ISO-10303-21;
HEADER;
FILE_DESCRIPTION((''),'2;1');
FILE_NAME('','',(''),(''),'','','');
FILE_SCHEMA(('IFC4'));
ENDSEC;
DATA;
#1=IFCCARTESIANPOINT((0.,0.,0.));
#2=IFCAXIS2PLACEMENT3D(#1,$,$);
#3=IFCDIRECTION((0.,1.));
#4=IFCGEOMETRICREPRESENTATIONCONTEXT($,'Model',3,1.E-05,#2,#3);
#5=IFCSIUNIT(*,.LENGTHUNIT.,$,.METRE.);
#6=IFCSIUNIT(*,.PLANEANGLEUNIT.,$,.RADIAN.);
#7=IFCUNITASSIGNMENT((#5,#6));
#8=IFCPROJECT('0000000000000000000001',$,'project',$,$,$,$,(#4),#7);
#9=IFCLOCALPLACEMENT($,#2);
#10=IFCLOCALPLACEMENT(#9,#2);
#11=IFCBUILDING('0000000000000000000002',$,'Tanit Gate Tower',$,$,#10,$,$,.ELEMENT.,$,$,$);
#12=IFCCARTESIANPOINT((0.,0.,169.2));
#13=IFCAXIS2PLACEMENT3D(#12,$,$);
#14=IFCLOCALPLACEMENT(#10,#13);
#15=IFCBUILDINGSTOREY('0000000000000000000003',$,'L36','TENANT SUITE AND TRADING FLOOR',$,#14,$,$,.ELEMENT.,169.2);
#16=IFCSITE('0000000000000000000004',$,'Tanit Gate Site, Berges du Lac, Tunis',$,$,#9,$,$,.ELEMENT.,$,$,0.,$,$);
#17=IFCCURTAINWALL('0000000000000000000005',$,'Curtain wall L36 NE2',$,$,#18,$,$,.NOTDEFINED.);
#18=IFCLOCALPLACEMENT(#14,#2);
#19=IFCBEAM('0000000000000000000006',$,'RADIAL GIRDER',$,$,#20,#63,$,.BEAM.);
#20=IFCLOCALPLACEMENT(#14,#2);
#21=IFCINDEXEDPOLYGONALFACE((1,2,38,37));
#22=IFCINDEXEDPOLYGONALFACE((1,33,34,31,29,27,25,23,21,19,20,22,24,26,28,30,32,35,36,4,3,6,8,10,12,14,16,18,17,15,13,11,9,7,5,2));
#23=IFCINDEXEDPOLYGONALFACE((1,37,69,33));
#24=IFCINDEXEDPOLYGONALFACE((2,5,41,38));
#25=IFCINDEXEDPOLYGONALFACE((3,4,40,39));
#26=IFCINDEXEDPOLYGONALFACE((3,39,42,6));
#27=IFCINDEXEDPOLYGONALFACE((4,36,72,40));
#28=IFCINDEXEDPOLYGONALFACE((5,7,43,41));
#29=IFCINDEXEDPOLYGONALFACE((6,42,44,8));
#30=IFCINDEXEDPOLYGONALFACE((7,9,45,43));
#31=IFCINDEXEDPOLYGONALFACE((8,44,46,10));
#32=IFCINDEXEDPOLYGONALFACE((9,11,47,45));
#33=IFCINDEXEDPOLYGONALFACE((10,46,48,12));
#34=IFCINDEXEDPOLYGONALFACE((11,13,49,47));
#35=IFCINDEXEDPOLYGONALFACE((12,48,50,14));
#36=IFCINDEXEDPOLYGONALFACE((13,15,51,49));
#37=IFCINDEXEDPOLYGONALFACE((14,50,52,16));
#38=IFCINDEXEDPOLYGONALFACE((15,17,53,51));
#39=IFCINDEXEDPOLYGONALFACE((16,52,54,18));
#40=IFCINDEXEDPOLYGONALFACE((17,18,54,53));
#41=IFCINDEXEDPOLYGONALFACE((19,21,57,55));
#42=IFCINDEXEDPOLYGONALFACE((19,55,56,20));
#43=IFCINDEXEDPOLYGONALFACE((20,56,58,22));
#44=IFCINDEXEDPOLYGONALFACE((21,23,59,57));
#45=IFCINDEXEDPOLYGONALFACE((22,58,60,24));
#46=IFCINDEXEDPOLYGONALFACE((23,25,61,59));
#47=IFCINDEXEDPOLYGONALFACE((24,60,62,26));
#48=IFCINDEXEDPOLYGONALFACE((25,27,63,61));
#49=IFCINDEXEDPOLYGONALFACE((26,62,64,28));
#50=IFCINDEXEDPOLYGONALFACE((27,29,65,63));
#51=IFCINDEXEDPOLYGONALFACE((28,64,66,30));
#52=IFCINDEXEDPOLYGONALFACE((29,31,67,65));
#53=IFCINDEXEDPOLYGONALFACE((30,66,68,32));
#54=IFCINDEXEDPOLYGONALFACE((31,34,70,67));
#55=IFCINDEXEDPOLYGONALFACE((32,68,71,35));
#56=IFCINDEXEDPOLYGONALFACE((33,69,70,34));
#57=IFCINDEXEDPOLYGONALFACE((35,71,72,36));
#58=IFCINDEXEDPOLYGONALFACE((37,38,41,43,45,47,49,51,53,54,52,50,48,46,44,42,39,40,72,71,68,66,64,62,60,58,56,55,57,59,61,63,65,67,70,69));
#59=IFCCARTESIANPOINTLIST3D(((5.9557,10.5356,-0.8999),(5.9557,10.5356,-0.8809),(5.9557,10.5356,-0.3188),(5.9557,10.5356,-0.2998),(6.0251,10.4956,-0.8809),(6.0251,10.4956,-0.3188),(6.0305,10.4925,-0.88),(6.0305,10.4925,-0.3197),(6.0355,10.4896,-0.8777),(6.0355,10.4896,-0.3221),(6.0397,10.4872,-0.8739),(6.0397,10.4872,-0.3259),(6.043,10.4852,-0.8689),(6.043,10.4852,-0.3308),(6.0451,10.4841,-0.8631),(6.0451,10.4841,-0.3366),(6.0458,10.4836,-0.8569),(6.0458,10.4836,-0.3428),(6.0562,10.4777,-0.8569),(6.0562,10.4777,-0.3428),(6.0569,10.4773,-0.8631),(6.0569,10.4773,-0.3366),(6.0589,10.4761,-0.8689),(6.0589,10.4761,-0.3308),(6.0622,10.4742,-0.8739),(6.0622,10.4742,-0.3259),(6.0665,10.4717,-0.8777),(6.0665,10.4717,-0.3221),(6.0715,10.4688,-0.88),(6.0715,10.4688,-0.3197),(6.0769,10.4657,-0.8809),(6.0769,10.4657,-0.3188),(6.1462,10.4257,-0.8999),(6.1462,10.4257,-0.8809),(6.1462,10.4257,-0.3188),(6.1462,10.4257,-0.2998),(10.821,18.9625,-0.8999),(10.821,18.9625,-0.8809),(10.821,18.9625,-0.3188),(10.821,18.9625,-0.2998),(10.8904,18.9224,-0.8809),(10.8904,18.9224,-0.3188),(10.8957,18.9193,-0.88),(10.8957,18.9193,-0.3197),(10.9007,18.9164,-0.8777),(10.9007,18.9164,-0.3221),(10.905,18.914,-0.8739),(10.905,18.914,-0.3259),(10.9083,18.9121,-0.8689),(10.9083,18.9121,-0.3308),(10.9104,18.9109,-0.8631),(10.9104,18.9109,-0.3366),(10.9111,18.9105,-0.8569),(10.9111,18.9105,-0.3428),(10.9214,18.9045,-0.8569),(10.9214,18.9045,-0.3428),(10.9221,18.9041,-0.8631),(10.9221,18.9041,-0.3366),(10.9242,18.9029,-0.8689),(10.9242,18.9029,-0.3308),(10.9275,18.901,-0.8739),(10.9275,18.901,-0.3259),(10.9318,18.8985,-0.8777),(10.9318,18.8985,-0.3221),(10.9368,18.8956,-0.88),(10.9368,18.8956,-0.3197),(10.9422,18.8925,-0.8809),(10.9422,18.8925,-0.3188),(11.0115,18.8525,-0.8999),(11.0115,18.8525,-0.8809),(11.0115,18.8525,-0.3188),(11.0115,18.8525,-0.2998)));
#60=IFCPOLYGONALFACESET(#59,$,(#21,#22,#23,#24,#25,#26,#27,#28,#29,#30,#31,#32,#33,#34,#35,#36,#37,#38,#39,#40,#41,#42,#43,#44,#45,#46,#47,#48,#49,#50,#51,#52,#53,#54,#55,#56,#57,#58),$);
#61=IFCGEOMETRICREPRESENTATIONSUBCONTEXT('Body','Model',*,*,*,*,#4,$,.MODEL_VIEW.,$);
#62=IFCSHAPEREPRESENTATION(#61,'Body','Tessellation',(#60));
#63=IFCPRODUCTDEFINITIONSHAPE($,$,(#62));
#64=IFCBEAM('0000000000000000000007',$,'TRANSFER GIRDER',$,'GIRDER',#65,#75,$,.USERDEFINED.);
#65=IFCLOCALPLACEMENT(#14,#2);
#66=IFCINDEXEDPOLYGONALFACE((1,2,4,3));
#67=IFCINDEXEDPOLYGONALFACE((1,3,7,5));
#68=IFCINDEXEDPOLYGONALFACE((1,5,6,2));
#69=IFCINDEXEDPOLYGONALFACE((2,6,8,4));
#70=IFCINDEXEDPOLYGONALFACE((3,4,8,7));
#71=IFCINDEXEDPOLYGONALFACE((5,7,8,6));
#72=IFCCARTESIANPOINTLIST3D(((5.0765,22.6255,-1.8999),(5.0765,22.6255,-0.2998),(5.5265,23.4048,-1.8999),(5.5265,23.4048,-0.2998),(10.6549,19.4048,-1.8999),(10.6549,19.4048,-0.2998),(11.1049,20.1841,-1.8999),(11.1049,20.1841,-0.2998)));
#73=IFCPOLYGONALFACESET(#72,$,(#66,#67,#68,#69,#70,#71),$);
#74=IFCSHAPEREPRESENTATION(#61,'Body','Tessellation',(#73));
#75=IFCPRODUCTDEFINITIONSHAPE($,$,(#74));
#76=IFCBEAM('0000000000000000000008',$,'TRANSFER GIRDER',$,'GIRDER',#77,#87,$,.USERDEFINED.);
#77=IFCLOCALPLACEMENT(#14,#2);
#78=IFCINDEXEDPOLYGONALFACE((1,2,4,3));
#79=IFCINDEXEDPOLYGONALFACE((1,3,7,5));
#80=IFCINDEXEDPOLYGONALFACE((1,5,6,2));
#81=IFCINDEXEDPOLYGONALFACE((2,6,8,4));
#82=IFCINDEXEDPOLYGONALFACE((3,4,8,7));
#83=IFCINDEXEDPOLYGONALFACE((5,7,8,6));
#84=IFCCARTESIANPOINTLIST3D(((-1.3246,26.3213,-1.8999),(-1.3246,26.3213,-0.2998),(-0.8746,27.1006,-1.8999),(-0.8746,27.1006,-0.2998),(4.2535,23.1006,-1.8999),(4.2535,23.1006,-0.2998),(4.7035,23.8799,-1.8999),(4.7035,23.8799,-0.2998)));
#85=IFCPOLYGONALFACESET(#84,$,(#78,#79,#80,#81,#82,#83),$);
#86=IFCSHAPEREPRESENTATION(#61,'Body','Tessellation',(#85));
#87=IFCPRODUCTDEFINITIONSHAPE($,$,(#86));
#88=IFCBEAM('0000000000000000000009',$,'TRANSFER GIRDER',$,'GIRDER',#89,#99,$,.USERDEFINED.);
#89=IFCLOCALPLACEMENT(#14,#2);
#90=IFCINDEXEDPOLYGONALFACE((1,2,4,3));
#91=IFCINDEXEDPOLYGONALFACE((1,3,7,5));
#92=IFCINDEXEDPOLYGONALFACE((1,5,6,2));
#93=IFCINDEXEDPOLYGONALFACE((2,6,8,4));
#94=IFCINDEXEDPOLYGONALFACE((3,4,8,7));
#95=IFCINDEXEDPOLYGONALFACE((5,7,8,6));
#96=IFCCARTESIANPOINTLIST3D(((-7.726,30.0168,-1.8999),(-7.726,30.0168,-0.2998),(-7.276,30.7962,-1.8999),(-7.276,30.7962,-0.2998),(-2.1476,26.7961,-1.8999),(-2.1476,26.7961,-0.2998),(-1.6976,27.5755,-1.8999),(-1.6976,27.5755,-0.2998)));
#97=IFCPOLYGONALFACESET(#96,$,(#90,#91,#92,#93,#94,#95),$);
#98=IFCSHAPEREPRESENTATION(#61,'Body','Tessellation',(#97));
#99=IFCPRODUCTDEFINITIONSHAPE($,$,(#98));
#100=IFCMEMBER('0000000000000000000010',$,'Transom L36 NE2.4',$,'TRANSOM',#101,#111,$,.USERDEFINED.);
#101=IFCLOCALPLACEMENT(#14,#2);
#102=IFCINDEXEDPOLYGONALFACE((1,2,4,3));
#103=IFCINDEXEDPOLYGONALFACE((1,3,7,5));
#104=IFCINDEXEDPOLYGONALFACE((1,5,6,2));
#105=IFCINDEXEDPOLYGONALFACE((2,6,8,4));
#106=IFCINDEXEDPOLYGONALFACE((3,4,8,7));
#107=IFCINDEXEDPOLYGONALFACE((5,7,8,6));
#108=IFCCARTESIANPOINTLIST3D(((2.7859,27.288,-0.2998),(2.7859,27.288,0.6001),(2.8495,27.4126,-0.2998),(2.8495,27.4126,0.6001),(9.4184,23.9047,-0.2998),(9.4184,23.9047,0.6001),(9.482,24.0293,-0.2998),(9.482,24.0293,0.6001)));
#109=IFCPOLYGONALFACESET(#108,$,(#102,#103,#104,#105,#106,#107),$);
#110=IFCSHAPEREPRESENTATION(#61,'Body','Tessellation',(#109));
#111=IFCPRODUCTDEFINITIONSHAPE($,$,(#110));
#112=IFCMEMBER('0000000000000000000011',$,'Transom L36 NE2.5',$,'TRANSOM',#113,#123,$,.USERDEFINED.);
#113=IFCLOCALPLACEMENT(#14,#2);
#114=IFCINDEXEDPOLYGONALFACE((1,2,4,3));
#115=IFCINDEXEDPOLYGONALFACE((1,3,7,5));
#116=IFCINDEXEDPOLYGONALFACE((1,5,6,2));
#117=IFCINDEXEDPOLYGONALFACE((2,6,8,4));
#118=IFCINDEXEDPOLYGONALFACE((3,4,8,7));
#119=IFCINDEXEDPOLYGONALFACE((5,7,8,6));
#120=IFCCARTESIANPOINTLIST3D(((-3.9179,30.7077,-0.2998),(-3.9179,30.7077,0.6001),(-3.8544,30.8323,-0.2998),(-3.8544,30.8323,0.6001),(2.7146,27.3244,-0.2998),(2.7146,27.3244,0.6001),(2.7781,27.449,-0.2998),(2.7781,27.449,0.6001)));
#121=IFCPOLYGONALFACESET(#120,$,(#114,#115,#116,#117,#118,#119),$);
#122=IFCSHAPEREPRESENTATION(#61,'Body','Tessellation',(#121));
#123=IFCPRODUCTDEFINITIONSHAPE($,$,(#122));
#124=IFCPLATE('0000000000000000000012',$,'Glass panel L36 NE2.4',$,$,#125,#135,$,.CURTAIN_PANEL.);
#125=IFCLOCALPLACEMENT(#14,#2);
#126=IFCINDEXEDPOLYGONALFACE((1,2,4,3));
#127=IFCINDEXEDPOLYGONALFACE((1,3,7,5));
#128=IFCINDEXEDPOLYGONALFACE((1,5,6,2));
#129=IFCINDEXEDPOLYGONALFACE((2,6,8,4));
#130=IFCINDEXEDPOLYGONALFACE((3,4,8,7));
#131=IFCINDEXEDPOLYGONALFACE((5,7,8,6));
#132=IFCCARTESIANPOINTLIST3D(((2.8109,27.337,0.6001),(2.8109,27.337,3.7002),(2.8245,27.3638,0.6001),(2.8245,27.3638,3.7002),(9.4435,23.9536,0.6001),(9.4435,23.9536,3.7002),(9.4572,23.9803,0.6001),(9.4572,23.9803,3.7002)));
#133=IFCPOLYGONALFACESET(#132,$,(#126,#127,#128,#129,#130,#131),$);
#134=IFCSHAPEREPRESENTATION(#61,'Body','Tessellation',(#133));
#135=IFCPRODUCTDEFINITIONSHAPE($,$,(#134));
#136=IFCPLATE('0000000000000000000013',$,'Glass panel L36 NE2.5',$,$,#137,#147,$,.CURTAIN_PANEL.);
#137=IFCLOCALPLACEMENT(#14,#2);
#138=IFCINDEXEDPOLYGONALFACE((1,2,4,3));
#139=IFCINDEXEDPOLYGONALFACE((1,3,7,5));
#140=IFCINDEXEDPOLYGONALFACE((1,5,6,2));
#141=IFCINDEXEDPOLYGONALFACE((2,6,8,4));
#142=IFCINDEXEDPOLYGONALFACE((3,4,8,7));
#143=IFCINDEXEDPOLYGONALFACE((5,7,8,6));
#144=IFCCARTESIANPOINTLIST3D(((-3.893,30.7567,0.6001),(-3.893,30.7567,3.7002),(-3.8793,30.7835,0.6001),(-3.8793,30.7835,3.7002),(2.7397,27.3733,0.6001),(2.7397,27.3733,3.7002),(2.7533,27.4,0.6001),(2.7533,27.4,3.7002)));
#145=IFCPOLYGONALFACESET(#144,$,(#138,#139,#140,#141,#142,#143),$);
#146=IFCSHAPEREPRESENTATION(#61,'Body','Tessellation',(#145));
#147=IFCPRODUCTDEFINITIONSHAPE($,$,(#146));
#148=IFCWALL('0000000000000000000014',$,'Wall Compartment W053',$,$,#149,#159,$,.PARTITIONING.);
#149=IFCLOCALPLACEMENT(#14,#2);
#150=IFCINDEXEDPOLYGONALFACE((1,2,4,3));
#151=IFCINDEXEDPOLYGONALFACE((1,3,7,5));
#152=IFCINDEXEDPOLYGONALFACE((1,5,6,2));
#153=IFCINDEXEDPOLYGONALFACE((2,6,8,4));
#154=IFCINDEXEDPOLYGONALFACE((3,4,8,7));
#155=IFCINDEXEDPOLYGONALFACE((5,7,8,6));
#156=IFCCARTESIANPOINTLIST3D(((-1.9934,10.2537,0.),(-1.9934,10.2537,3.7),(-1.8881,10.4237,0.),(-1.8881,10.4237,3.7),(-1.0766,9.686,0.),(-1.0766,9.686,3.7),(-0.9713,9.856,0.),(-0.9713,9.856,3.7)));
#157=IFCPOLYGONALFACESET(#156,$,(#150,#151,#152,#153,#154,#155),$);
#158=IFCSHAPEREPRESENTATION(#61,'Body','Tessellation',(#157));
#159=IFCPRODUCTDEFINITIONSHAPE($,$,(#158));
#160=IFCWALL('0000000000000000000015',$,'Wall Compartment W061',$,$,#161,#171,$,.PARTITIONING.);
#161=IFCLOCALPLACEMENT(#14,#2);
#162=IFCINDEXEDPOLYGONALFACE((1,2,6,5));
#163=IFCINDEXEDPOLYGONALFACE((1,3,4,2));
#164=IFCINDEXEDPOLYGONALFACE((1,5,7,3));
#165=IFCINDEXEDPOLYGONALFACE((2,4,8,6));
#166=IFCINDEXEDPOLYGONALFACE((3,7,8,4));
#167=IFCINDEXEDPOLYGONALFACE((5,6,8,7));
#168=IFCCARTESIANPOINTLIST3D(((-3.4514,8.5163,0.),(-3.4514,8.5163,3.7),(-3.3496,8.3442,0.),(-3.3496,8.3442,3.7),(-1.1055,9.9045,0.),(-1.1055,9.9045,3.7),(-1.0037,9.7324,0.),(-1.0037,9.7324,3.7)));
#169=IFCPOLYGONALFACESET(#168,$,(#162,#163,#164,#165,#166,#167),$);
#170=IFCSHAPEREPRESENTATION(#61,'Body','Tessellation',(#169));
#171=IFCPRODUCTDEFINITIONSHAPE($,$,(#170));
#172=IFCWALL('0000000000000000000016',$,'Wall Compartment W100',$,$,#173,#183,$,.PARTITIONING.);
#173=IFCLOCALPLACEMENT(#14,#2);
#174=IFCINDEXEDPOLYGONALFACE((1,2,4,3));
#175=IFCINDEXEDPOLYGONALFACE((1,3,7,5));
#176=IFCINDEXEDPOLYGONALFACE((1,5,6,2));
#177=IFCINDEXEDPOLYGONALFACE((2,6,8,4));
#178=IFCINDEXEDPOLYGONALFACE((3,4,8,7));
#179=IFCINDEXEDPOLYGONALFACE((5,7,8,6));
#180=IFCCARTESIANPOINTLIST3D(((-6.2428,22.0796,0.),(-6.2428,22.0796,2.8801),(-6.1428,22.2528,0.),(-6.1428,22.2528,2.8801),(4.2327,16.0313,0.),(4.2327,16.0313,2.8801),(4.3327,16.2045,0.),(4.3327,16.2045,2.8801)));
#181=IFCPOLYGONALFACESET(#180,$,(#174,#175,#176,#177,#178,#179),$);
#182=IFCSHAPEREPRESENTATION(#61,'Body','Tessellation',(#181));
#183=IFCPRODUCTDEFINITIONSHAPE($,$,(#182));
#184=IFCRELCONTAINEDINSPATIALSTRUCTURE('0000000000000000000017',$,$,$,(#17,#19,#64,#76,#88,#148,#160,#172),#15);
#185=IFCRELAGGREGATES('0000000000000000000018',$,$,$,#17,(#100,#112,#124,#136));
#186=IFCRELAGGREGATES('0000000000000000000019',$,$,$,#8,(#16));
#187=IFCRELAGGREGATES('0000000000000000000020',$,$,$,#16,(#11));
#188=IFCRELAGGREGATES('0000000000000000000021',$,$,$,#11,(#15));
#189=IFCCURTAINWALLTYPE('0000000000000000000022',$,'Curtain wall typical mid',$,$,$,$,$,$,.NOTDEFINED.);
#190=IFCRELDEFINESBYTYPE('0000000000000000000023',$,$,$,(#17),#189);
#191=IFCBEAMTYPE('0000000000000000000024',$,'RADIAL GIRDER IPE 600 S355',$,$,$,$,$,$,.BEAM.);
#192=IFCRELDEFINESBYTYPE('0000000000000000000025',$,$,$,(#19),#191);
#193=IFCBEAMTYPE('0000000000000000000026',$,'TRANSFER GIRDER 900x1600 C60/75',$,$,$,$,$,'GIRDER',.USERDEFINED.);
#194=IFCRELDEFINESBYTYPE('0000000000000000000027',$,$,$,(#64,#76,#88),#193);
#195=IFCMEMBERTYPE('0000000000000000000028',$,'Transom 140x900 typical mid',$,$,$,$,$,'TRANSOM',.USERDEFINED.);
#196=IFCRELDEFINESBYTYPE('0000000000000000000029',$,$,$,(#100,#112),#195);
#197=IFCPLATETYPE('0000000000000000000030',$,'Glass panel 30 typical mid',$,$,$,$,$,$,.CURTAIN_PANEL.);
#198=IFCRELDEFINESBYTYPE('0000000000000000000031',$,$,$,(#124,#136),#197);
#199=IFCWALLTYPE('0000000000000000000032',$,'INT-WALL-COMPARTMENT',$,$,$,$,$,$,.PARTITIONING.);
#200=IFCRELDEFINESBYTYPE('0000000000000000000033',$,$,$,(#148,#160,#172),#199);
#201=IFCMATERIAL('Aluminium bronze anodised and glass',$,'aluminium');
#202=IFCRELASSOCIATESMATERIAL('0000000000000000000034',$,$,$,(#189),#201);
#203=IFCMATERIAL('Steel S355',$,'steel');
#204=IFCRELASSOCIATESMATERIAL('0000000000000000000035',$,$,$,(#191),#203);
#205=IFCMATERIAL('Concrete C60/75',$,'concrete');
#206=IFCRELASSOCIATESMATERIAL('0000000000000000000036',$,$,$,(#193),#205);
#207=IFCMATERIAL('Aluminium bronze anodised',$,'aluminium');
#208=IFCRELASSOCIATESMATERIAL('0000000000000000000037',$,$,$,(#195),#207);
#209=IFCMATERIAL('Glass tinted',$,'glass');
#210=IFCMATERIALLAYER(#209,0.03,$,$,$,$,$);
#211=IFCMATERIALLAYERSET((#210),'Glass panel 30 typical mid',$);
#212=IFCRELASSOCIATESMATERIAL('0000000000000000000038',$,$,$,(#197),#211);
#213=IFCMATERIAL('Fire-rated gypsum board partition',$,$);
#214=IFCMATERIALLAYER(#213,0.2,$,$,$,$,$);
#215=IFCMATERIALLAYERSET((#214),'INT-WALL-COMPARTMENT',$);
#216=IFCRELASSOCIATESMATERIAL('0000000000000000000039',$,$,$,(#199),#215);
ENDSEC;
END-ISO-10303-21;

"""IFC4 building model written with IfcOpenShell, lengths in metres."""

from ifc_helpers import new_model, si_unit, direction, frame, frame_2d, origin, origin_2d, place, context, subcontext, project, spatial, rectangle, i_section, extrude, material, layer, layer_set, material_profile, profile_set, type_object, element, aggregate, save


model = new_model("IFC4")

# Units and contexts
model_context = context("Model", 3, precision=1e-05, world=origin(), true_north=direction((0.0, 1.0)))
body_context = subcontext(model_context, "Body", "Model", "MODEL_VIEW")
ifc_project = project(units=[si_unit("LENGTHUNIT", "METRE"), si_unit("PLANEANGLEUNIT", "RADIAN")], contexts=[model_context])

# Site, building, storey
site_placement = place(None, origin())
site = spatial("IfcSite", under=ifc_project, at=site_placement, Name="Tanit Gate Site, Berges du Lac, Tunis", CompositionType="ELEMENT", RefElevation=0.0)
building_placement = place(site_placement, origin())
building = spatial("IfcBuilding", under=site, at=building_placement, Name="Tanit Gate Tower", CompositionType="ELEMENT")
storey_placement = place(building_placement, frame((0.0, 0.0, 169.2)))
storey = spatial("IfcBuildingStorey", under=building, at=storey_placement, Name="L36", Description="TENANT SUITE AND TRADING FLOOR", CompositionType="ELEMENT", Elevation=169.2)

# Curtain wall
ifc_material_1 = material(Name="Aluminium bronze anodised and glass", Category="aluminium")
curtain_wall_type = type_object("IfcCurtainWallType", Name="Curtain wall typical mid", PredefinedType="NOTDEFINED", material=ifc_material_1)
curtain_wall_placement = place(storey_placement, origin())
curtain_wall = element("IfcCurtainWall", 1, at=curtain_wall_placement, inside=storey, type_object=curtain_wall_type, Name="Curtain wall L36 NE2", PredefinedType="NOTDEFINED")

# Beams
ifc_material_2 = material(Name="Steel S355", Category="steel")
ifc_material_profile_1 = material_profile(ifc_material_2, i_section(OverallWidth=0.22, OverallDepth=0.6001, WebThickness=0.012, FlangeThickness=0.019, FilletRadius=0.0239, at=origin_2d()), Name="IPE 600")
ifc_profile_set_1 = profile_set([ifc_material_profile_1], Name="Steel S355")
beam_type_1 = type_object("IfcBeamType", Name="RADIAL GIRDER IPE 600 S355", PredefinedType="BEAM", material=ifc_profile_set_1)
beam_1_placement = place(storey_placement, frame((10.9163, 18.9075, -0.5999), z_axis=(-0.500003, -0.866023, 0.0), x_axis=(0.866023, -0.500003, 0.0)))
element("IfcBeam", 2, at=beam_1_placement, inside=storey, type_object=beam_type_1, Name="RADIAL GIRDER", PredefinedType="BEAM", context=body_context, shape_type="SweptSolid", body=[
    extrude(i_section(OverallWidth=0.22, OverallDepth=0.6001, WebThickness=0.012, FlangeThickness=0.019, FilletRadius=0.0239, at=origin_2d()), origin(), (0.0, 0.0, 1.0), 9.7305),
])
ifc_material_3 = material(Name="Concrete C60/75", Category="concrete")
ifc_material_profile_2 = material_profile(ifc_material_3, rectangle(XDim=0.8999, YDim=1.6001, at=origin_2d()), Name="RC 900x1600")
ifc_profile_set_2 = profile_set([ifc_material_profile_2], Name="Concrete C60/75")
beam_type_2 = type_object("IfcBeamType", Name="TRANSFER GIRDER 900x1600 C60/75", ElementType="GIRDER", PredefinedType="USERDEFINED", material=ifc_profile_set_2)
beam_2_placement = place(storey_placement, frame((10.8799, 19.7944, -1.0999), z_axis=(-0.866023, 0.500004, 0.0), x_axis=(-0.500004, -0.866023, 0.0)))
element("IfcBeam", 3, at=beam_2_placement, inside=storey, type_object=beam_type_2, Name="TRANSFER GIRDER", ObjectType="GIRDER", PredefinedType="USERDEFINED", context=body_context, shape_type="SweptSolid", body=[
    extrude(rectangle(XDim=0.8999, YDim=1.6001, at=origin_2d()), origin(), (0.0, 0.0, 1.0), 6.4414),
])
beam_3_placement = place(storey_placement, frame((4.4785, 23.4902, -1.0999), z_axis=(-0.866014, 0.50002, 0.0), x_axis=(-0.50002, -0.866014, 0.0)))
element("IfcBeam", 4, at=beam_3_placement, inside=storey, type_object=beam_type_2, Name="TRANSFER GIRDER", ObjectType="GIRDER", PredefinedType="USERDEFINED", context=body_context, shape_type="SweptSolid", body=[
    extrude(rectangle(XDim=0.8999, YDim=1.6001, at=origin_2d()), origin(), (0.0, 0.0, 1.0), 6.4412),
])
beam_4_placement = place(storey_placement, frame((-1.9226, 27.1858, -1.0999), z_axis=(-0.866023, 0.500004, 0.0), x_axis=(-0.500004, -0.866023, 0.0)))
element("IfcBeam", 5, at=beam_4_placement, inside=storey, type_object=beam_type_2, Name="TRANSFER GIRDER", ObjectType="GIRDER", PredefinedType="USERDEFINED", context=body_context, shape_type="SweptSolid", body=[
    extrude(rectangle(XDim=0.8999, YDim=1.6001, at=origin_2d()), origin(), (0.0, 0.0, 1.0), 6.4414),
])

# Members
ifc_material_4 = material(Name="Aluminium bronze anodised", Category="aluminium")
ifc_material_profile_3 = material_profile(ifc_material_4, rectangle(XDim=0.1399, YDim=0.8999, at=origin_2d()), Name="140x900 bronze transom")
ifc_profile_set_3 = profile_set([ifc_material_profile_3], Name="Aluminium bronze anodised")
member_type_1 = type_object("IfcMemberType", Name="Transom 140x900 typical mid", ElementType="TRANSOM", PredefinedType="USERDEFINED", material=ifc_profile_set_3)
member_1_placement = place(storey_placement, frame((9.4502, 23.967, 0.1501), z_axis=(-0.890798, 0.4544, 0.0), x_axis=(-0.4544, -0.890798, 0.0)))
member_1 = element("IfcMember", 6, at=member_1_placement, type_object=member_type_1, Name="Transom L36 NE2.4", ObjectType="TRANSOM", PredefinedType="USERDEFINED", context=body_context, shape_type="SweptSolid", body=[
    extrude(rectangle(XDim=0.1399, YDim=0.8999, at=origin_2d()), origin(), (0.0, 0.0, 1.0), 7.4456),
])
member_2_placement = place(storey_placement, frame((2.7463, 27.3867, 0.1501), z_axis=(-0.890798, 0.4544, 0.0), x_axis=(-0.4544, -0.890798, 0.0)))
member_2 = element("IfcMember", 7, at=member_2_placement, type_object=member_type_1, Name="Transom L36 NE2.5", ObjectType="TRANSOM", PredefinedType="USERDEFINED", context=body_context, shape_type="SweptSolid", body=[
    extrude(rectangle(XDim=0.1399, YDim=0.8999, at=origin_2d()), origin(), (0.0, 0.0, 1.0), 7.4456),
])

# Plates
ifc_material_5 = material(Name="Glass tinted", Category="glass")
ifc_layer_1 = layer(ifc_material_5, 0.03)
ifc_layer_set_1 = layer_set([ifc_layer_1], Name="Glass panel 30 typical mid")
plate_type = type_object("IfcPlateType", Name="Glass panel 30 typical mid", PredefinedType="CURTAIN_PANEL", material=ifc_layer_set_1)
plate_1_placement = place(storey_placement, frame((6.134, 25.6587, 0.6001), z_axis=(0.0, 0.0, 1.0), x_axis=(-0.890792, 0.454411, 0.0)))
plate_1 = element("IfcPlate", 8, at=plate_1_placement, type_object=plate_type, Name="Glass panel L36 NE2.4", PredefinedType="CURTAIN_PANEL", context=body_context, shape_type="SweptSolid", body=[
    extrude(rectangle(XDim=7.4458, YDim=0.03, at=origin_2d()), origin(), (0.0, 0.0, 1.0), 3.1001),
])
plate_2_placement = place(storey_placement, frame((-0.5698, 29.0784, 0.6001), z_axis=(0.0, 0.0, 1.0), x_axis=(-0.890792, 0.454411, 0.0)))
plate_2 = element("IfcPlate", 9, at=plate_2_placement, type_object=plate_type, Name="Glass panel L36 NE2.5", PredefinedType="CURTAIN_PANEL", context=body_context, shape_type="SweptSolid", body=[
    extrude(rectangle(XDim=7.4458, YDim=0.03, at=origin_2d()), origin(), (0.0, 0.0, 1.0), 3.1001),
])
aggregate(curtain_wall, [member_1, member_2, plate_1, plate_2])

# Walls
ifc_material_6 = material(Name="Fire-rated gypsum board partition")
ifc_layer_2 = layer(ifc_material_6, 0.2)
ifc_layer_set_2 = layer_set([ifc_layer_2], Name="INT-WALL-COMPARTMENT")
wall_type_1 = type_object("IfcWallType", Name="INT-WALL-COMPARTMENT", PredefinedType="PARTITIONING", material=ifc_layer_set_2)
wall_1_placement = place(storey_placement, frame((-1.9407, 10.3386, 0.0), z_axis=(0.0, 0.0, 1.0), x_axis=(0.850217, -0.526433, 0.0)))
element("IfcWall", 10, at=wall_1_placement, inside=storey, type_object=wall_type_1, Name="Wall Compartment W053", PredefinedType="PARTITIONING", context=body_context, shape_type="SweptSolid", body=[
    extrude(rectangle(XDim=1.0784, YDim=0.2, at=frame_2d((0.5391, 0.0))), origin(), (0.0, 0.0, 1.0), 3.7),
])
wall_2_placement = place(storey_placement, frame((-1.0547, 9.8184, 0.0), z_axis=(0.0, 0.0, 1.0), x_axis=(-0.860614, -0.509257, 0.0)))
element("IfcWall", 11, at=wall_2_placement, inside=storey, type_object=wall_type_1, Name="Wall Compartment W061", PredefinedType="PARTITIONING", context=body_context, shape_type="SweptSolid", body=[
    extrude(rectangle(XDim=2.7258, YDim=0.2, at=frame_2d((1.3628, 0.0))), origin(), (0.0, 0.0, 1.0), 3.7),
])
wall_3_placement = place(storey_placement, frame((4.2827, 16.1179, 0.0), z_axis=(0.0, 0.0, 1.0), x_axis=(-0.866016, 0.500016, 0.0)))
element("IfcWall", 12, at=wall_3_placement, inside=storey, type_object=wall_type_1, Name="Wall Compartment W100", PredefinedType="PARTITIONING", context=body_context, shape_type="SweptSolid", body=[
    extrude(rectangle(XDim=12.0962, YDim=0.2, at=frame_2d((6.0481, 0.0))), origin(), (0.0, 0.0, 1.0), 2.8801),
])

save(model, "model.ifc")
